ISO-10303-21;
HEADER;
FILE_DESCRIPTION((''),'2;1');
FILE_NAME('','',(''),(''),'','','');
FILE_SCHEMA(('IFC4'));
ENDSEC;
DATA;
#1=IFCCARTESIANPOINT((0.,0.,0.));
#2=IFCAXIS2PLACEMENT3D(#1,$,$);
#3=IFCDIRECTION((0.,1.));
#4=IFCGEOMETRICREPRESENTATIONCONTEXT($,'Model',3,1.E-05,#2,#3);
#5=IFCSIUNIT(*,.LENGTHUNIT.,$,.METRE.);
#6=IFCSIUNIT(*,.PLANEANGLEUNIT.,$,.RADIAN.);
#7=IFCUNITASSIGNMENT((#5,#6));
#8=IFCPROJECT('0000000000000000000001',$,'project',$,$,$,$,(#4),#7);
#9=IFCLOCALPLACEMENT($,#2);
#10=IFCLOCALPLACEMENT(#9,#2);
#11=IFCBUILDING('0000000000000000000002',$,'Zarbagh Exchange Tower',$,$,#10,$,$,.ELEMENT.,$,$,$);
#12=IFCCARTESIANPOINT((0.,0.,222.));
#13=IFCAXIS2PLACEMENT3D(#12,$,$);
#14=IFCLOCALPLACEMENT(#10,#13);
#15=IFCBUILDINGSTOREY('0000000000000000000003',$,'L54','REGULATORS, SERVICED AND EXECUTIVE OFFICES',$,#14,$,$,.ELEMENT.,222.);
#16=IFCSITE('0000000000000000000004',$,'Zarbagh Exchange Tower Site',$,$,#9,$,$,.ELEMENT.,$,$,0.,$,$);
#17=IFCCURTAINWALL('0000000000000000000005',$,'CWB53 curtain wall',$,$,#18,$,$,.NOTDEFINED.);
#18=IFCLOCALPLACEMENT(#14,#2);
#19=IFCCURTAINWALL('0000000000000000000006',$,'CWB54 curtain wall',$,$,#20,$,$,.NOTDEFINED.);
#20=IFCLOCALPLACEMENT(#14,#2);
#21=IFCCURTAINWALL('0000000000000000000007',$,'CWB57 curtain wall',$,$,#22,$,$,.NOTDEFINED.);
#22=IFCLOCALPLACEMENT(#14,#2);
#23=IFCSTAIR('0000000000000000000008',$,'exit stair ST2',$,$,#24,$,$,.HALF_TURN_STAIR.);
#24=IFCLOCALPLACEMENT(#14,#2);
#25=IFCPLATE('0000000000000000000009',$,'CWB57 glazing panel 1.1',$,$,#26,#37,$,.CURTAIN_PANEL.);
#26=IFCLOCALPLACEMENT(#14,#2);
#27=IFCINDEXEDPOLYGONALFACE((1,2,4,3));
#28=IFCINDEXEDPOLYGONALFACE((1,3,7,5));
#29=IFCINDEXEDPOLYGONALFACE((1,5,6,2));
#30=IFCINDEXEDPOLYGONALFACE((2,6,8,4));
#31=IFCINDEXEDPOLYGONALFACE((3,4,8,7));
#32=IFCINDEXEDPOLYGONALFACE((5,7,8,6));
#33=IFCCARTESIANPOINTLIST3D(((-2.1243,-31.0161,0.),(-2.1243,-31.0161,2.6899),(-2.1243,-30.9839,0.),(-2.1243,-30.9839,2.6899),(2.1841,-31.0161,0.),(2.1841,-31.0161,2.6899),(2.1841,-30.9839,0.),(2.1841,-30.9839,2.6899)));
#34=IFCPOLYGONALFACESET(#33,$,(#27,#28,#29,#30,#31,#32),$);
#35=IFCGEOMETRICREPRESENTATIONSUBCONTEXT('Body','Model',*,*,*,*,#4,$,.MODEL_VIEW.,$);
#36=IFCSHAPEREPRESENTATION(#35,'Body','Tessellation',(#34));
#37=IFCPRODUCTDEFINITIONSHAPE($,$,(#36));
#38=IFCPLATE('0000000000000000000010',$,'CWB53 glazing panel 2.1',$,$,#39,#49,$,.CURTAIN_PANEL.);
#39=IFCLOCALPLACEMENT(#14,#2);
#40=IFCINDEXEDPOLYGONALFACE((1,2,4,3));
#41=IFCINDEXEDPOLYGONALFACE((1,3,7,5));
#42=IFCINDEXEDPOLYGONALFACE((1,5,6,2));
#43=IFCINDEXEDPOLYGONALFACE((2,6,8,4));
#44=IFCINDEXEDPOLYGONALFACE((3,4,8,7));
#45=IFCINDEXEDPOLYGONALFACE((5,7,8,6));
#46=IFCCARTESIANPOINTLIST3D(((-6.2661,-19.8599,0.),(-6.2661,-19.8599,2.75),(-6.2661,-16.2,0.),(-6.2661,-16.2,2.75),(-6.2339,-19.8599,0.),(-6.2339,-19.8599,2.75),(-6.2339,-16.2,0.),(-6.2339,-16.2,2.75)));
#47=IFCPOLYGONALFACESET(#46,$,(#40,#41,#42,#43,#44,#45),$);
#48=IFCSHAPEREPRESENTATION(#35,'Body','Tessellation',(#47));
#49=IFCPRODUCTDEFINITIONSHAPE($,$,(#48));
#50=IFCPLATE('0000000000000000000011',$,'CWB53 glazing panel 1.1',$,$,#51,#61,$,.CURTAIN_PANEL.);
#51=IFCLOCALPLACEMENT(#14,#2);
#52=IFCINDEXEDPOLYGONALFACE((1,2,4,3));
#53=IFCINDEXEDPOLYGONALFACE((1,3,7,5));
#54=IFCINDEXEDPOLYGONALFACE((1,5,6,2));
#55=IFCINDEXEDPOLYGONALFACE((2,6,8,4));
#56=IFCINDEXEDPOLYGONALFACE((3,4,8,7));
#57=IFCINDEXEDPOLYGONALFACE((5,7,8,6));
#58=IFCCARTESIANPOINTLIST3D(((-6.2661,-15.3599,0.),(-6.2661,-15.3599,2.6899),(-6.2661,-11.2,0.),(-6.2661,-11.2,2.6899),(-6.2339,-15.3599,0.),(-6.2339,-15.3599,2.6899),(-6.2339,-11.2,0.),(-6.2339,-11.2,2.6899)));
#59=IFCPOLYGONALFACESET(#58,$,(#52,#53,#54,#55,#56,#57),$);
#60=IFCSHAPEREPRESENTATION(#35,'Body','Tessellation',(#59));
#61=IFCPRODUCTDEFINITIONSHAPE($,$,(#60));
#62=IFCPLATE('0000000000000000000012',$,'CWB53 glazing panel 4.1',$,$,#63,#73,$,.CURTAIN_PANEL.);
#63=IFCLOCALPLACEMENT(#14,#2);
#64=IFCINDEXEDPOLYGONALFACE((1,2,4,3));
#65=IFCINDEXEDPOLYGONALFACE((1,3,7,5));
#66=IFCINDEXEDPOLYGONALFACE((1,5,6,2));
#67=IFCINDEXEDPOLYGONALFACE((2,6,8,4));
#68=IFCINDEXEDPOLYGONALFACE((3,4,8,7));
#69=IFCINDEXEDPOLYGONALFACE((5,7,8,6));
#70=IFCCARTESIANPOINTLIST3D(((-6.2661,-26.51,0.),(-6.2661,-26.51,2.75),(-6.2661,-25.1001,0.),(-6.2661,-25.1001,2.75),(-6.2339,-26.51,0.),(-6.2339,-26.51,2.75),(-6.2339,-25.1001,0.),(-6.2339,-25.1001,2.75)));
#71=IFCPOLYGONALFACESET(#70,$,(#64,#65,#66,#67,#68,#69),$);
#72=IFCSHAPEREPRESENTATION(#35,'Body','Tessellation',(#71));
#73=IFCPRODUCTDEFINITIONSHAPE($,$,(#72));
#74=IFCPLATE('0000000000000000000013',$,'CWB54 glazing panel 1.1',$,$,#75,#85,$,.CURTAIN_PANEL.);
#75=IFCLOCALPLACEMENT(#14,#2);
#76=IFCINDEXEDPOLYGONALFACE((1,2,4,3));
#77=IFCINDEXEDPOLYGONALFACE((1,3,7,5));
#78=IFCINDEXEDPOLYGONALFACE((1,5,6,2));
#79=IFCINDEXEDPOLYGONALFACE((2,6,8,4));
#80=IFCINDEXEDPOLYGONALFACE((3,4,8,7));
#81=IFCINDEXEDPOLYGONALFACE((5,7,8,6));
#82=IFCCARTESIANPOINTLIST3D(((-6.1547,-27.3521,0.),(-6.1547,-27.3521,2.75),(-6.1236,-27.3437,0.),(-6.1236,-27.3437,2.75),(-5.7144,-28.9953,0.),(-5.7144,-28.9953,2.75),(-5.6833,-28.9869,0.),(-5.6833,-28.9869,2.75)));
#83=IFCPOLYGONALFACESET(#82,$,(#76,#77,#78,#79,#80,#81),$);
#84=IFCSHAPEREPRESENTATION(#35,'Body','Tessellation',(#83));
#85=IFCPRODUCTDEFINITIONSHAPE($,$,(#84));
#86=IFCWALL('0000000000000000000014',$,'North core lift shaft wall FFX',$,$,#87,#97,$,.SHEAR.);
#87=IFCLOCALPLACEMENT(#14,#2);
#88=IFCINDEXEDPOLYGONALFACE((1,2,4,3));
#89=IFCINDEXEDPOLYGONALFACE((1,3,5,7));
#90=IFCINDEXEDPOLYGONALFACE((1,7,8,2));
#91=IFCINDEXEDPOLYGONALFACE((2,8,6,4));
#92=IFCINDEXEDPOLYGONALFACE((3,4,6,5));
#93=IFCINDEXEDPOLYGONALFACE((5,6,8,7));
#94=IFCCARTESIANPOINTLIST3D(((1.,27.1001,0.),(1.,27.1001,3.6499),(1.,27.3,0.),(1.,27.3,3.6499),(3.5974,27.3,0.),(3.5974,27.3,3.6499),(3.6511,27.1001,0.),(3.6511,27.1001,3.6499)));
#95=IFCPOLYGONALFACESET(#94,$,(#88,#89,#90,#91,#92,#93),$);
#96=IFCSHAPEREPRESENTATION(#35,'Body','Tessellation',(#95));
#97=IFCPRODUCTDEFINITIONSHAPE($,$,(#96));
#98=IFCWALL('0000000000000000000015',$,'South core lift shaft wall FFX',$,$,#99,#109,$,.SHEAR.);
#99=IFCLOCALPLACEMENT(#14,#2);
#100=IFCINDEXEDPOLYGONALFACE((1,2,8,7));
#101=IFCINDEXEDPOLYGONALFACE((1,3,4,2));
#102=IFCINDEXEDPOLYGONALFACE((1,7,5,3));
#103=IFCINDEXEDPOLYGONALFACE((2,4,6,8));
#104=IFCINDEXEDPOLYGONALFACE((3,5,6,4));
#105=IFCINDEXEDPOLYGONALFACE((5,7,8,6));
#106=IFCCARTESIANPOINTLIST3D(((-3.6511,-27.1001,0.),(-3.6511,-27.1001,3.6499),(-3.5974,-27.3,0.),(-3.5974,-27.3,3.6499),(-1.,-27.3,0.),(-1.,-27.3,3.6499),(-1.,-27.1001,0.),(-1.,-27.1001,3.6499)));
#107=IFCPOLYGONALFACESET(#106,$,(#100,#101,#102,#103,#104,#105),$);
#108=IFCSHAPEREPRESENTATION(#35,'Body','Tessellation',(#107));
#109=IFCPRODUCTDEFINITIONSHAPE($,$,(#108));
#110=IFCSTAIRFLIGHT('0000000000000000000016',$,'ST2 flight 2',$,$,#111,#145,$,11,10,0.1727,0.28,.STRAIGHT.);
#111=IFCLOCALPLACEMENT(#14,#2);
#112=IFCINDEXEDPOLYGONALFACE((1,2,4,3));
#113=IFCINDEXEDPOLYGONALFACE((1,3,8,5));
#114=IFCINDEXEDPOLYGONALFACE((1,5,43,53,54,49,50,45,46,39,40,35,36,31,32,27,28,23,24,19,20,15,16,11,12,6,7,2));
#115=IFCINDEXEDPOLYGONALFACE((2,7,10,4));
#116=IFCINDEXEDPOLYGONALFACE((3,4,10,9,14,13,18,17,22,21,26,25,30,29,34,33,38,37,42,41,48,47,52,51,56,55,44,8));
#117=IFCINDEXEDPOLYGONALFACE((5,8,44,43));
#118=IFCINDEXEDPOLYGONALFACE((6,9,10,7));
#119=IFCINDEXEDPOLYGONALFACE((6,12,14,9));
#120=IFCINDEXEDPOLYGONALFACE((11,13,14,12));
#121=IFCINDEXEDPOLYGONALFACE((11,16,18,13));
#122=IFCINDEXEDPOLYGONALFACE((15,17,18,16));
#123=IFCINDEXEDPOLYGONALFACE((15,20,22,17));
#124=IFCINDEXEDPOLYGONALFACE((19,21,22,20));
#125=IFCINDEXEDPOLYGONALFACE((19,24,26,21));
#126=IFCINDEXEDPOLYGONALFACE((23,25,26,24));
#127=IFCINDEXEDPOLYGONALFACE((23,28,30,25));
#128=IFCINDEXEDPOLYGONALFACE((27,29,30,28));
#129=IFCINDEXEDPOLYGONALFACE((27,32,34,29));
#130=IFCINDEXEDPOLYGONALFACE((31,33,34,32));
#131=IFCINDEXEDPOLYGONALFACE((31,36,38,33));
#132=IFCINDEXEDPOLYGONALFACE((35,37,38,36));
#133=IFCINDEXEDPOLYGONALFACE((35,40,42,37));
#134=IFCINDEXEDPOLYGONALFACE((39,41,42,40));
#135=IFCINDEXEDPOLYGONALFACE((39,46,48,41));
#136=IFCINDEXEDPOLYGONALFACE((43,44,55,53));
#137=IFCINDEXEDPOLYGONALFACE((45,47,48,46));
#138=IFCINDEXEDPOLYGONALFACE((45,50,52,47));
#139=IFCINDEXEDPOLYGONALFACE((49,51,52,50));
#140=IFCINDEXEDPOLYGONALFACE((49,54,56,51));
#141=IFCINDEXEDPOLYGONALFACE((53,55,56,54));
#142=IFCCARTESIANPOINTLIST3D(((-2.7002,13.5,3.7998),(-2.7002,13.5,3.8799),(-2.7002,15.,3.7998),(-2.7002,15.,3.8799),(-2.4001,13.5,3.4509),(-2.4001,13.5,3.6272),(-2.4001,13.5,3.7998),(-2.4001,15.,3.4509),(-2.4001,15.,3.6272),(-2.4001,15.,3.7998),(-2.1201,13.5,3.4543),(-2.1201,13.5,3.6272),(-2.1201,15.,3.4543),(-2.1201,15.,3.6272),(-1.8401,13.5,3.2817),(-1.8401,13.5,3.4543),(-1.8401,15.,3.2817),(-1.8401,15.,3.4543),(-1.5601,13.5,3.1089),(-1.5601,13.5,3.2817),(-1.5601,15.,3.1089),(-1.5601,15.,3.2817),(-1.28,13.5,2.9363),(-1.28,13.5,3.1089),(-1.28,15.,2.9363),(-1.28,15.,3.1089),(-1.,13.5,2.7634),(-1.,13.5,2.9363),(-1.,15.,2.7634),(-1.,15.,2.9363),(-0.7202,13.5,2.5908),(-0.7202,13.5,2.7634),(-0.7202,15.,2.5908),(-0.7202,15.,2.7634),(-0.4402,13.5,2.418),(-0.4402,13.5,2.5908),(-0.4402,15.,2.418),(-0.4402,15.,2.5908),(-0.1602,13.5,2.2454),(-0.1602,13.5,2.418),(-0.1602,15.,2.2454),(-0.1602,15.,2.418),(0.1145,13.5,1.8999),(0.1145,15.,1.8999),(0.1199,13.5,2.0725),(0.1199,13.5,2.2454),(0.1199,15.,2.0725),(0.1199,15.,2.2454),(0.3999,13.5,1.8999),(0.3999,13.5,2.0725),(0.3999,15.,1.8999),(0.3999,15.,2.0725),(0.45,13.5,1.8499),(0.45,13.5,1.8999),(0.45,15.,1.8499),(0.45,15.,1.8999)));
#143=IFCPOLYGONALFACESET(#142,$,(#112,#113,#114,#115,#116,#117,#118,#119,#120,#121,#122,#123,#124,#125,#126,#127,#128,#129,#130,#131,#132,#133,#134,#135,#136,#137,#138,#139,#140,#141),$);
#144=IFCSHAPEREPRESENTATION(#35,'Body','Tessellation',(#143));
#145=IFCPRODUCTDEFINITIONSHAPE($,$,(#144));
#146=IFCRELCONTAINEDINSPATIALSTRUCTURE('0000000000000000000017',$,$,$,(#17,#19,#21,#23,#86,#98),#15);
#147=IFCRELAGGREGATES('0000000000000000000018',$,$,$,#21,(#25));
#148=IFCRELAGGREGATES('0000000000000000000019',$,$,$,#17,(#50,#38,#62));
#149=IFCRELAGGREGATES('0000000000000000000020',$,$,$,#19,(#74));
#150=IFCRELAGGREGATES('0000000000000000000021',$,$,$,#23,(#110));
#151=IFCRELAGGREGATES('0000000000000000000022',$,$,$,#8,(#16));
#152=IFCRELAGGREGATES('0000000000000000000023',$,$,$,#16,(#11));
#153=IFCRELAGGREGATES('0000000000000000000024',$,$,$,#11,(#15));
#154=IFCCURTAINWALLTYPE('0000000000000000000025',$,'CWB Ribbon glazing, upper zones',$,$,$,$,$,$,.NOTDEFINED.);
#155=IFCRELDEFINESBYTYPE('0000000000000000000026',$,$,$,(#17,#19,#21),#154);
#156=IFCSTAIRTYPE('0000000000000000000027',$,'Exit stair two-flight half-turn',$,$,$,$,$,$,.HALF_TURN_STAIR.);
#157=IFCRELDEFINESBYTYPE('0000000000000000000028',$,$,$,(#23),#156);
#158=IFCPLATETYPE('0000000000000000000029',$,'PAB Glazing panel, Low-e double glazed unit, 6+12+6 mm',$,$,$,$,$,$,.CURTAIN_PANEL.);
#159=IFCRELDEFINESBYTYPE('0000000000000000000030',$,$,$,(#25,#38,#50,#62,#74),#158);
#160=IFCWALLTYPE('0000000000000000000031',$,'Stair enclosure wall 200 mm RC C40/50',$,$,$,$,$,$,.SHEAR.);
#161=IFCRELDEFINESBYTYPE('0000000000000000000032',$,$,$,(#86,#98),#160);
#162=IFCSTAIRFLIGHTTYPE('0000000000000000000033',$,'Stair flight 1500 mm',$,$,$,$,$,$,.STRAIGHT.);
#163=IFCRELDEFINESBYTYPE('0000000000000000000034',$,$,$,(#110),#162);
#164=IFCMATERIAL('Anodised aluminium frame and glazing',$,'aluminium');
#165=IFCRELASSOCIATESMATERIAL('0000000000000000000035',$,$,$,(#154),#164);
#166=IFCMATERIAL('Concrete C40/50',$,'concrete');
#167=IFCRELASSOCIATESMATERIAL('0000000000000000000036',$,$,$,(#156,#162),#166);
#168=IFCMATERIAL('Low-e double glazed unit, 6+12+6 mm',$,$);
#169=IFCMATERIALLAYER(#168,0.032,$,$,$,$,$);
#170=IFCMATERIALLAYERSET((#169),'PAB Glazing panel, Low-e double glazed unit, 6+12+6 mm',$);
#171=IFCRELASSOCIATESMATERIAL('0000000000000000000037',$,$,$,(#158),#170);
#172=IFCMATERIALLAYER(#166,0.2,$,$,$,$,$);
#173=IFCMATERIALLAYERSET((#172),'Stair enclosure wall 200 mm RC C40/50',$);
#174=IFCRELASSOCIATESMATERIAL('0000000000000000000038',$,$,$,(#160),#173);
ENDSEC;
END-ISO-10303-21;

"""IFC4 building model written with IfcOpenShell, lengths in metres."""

from ifc_helpers import new_model, si_unit, direction, frame, origin, place, context, subcontext, project, spatial, polyline, outline, extrude, source, transform, mapped, material, layer, layer_set, type_object, element, aggregate, save


model = new_model("IFC4")

# Units and contexts
model_context = context("Model", 3, precision=1e-05, world=origin(), true_north=direction((0.0, 1.0)))
body_context = subcontext(model_context, "Body", "Model", "MODEL_VIEW")
ifc_project = project(units=[si_unit("LENGTHUNIT", "METRE"), si_unit("PLANEANGLEUNIT", "RADIAN")], contexts=[model_context])

# Site, building, storey
site_placement = place(None, origin())
site = spatial("IfcSite", under=ifc_project, at=site_placement, Name="Zarbagh Exchange Tower Site", CompositionType="ELEMENT", RefElevation=0.0)
building_placement = place(site_placement, origin())
building = spatial("IfcBuilding", under=site, at=building_placement, Name="Zarbagh Exchange Tower", CompositionType="ELEMENT")
storey_placement = place(building_placement, frame((0.0, 0.0, 222.0)))
storey = spatial("IfcBuildingStorey", under=building, at=storey_placement, Name="L54", Description="REGULATORS, SERVICED AND EXECUTIVE OFFICES", CompositionType="ELEMENT", Elevation=222.0)

# Curtain wall
ifc_material_1 = material(Name="Anodised aluminium frame and glazing", Category="aluminium")
curtain_wall_type = type_object("IfcCurtainWallType", Name="CWB Ribbon glazing, upper zones", PredefinedType="NOTDEFINED", material=ifc_material_1)
curtain_wall_1_placement = place(storey_placement, origin())
curtain_wall_1 = element("IfcCurtainWall", 1, at=curtain_wall_1_placement, inside=storey, type_object=curtain_wall_type, Name="CWB53 curtain wall", PredefinedType="NOTDEFINED")
placement = place(storey_placement, origin())

# Curtain wall
curtain_wall_2_placement = place(storey_placement, origin())
curtain_wall_2 = element("IfcCurtainWall", 2, at=curtain_wall_2_placement, inside=storey, type_object=curtain_wall_type, Name="CWB54 curtain wall", PredefinedType="NOTDEFINED")

# Curtain wall
curtain_wall_3_placement = place(storey_placement, origin())
curtain_wall_3 = element("IfcCurtainWall", 3, at=curtain_wall_3_placement, inside=storey, type_object=curtain_wall_type, Name="CWB57 curtain wall", PredefinedType="NOTDEFINED")

# Stair
ifc_material_2 = material(Name="Concrete C40/50", Category="concrete")
stair_type = type_object("IfcStairType", Name="Exit stair two-flight half-turn", PredefinedType="HALF_TURN_STAIR", material=ifc_material_2)
stair_1_placement = place(storey_placement, origin())
stair_1 = element("IfcStair", 4, at=stair_1_placement, inside=storey, type_object=stair_type, Name="exit stair ST2", PredefinedType="HALF_TURN_STAIR")

# Shared definitions
ifc_material_3 = material(Name="Low-e double glazed unit, 6+12+6 mm")
ifc_layer_1 = layer(ifc_material_3, 0.032)
ifc_layer_set_1 = layer_set([ifc_layer_1], Name="PAB Glazing panel, Low-e double glazed unit, 6+12+6 mm")
plate_type = type_object("IfcPlateType", Name="PAB Glazing panel, Low-e double glazed unit, 6+12+6 mm", PredefinedType="CURTAIN_PANEL", material=ifc_layer_set_1)

# Plates
shared_shape_1 = source(origin(), body_context, "Body", "SweptSolid", [
    extrude(outline(polyline([(0.0, -0.0161), (4.3083, -0.0161), (4.3083, 0.0161), (0.0, 0.0161), (0.0, -0.0161)])), origin(), (0.0, 0.0, 1.0), 2.6899),
])
plate_1 = element("IfcPlate", 5, at=placement, type_object=plate_type, Name="CWB57 glazing panel 1.1", PredefinedType="CURTAIN_PANEL", context=body_context, shape_type="MappedRepresentation", body=[
    mapped(shared_shape_1, transform((-2.1243, -31.0, 0.0), x_axis=(1.0, 0.0, 0.0), y_axis=(0.0, 1.0, 0.0), z_axis=(0.0, 0.0, 1.0))),
])
aggregate(curtain_wall_3, [plate_1])
shared_shape_2 = source(origin(), body_context, "Body", "SweptSolid", [
    extrude(outline(polyline([(0.0, -0.0161), (3.6599, -0.0161), (3.6599, 0.0161), (0.0, 0.0161), (0.0, -0.0161)])), origin(), (0.0, 0.0, 1.0), 2.75),
])
plate_2 = element("IfcPlate", 6, at=placement, type_object=plate_type, Name="CWB53 glazing panel 2.1", PredefinedType="CURTAIN_PANEL", context=body_context, shape_type="MappedRepresentation", body=[
    mapped(shared_shape_2, transform((-6.25, -16.2, 0.0), x_axis=(0.0, -1.0, 0.0), y_axis=(1.0, 0.0, 0.0), z_axis=(0.0, 0.0, 1.0))),
])
shared_shape_3 = source(origin(), body_context, "Body", "SweptSolid", [
    extrude(outline(polyline([(0.0, -0.0161), (4.1599, -0.0161), (4.1599, 0.0161), (0.0, 0.0161), (0.0, -0.0161)])), origin(), (0.0, 0.0, 1.0), 2.6899),
])
plate_3 = element("IfcPlate", 7, at=placement, type_object=plate_type, Name="CWB53 glazing panel 1.1", PredefinedType="CURTAIN_PANEL", context=body_context, shape_type="MappedRepresentation", body=[
    mapped(shared_shape_3, transform((-6.25, -11.2, 0.0), x_axis=(0.0, -1.0, 0.0), y_axis=(1.0, 0.0, 0.0), z_axis=(0.0, 0.0, 1.0))),
])
shared_shape_4 = source(origin(), body_context, "Body", "SweptSolid", [
    extrude(outline(polyline([(0.0, -0.0161), (1.4099, -0.0161), (1.4099, 0.0161), (0.0, 0.0161), (0.0, -0.0161)])), origin(), (0.0, 0.0, 1.0), 2.75),
])
plate_4 = element("IfcPlate", 8, at=placement, type_object=plate_type, Name="CWB53 glazing panel 4.1", PredefinedType="CURTAIN_PANEL", context=body_context, shape_type="MappedRepresentation", body=[
    mapped(shared_shape_4, transform((-6.25, -25.1001, 0.0), x_axis=(0.0, -1.0, 0.0), y_axis=(1.0, 0.0, 0.0), z_axis=(0.0, 0.0, 1.0))),
])
aggregate(curtain_wall_1, [plate_3, plate_2, plate_4])
shared_shape_5 = source(origin(), body_context, "Body", "SweptSolid", [
    extrude(outline(polyline([(0.0, -0.0161), (1.7012, -0.0161), (1.7012, 0.0161), (0.0, 0.0161), (0.0, -0.0161)])), origin(), (0.0, 0.0, 1.0), 2.75),
])
plate_5 = element("IfcPlate", 9, at=placement, type_object=plate_type, Name="CWB54 glazing panel 1.1", PredefinedType="CURTAIN_PANEL", context=body_context, shape_type="MappedRepresentation", body=[
    mapped(shared_shape_5, transform((-6.1392, -27.3479, 0.0), x_axis=(0.258825, -0.965924, 0.0), y_axis=(0.965924, 0.258825, 0.0), z_axis=(0.0, 0.0, 1.0))),
])
aggregate(curtain_wall_2, [plate_5])

# Walls
ifc_layer_2 = layer(ifc_material_2, 0.2)
ifc_layer_set_2 = layer_set([ifc_layer_2], Name="Stair enclosure wall 200 mm RC C40/50")
wall_type = type_object("IfcWallType", Name="Stair enclosure wall 200 mm RC C40/50", PredefinedType="SHEAR", material=ifc_layer_set_2)
wall_1_placement = place(storey_placement, origin())
element("IfcWall", 10, at=wall_1_placement, inside=storey, type_object=wall_type, Name="North core lift shaft wall FFX", PredefinedType="SHEAR", context=body_context, shape_type="SweptSolid", body=[
    extrude(outline(polyline([(1.0, 27.1001), (3.6511, 27.1001), (3.5974, 27.3), (1.0, 27.3), (1.0, 27.1001)])), origin(), (0.0, 0.0, 1.0), 3.6499),
])
wall_2_placement = place(storey_placement, origin())
element("IfcWall", 11, at=wall_2_placement, inside=storey, type_object=wall_type, Name="South core lift shaft wall FFX", PredefinedType="SHEAR", context=body_context, shape_type="SweptSolid", body=[
    extrude(outline(polyline([(-1.0, -27.1001), (-3.6511, -27.1001), (-3.5974, -27.3), (-1.0, -27.3), (-1.0, -27.1001)])), origin(), (0.0, 0.0, 1.0), 3.6499),
])

# Stair flight
stair_flight_type = type_object("IfcStairFlightType", Name="Stair flight 1500 mm", PredefinedType="STRAIGHT", material=ifc_material_2)
stair_flight_placement = place(storey_placement, frame((0.3999, 14.25, 1.8999), z_axis=(0.0, 0.0, 1.0), x_axis=(-1.0, 0.0, 0.0)))
stair_flight = element("IfcStairFlight", 12, at=stair_flight_placement, type_object=stair_flight_type, Name="ST2 flight 2", NumberOfRisers=11, NumberOfTreads=10, PredefinedType="STRAIGHT", RiserHeight=0.1727, TreadLength=0.28, context=body_context, shape_type="SweptSolid", body=[
    extrude(outline(polyline([(-0.05, -0.05), (-0.05, 0.0), (0.0, 0.0), (0.0, 0.1726), (0.28, 0.1726), (0.28, 0.3455), (0.5601, 0.3455), (0.5601, 0.5181), (0.8401, 0.5181), (0.8401, 0.6909), (1.1201, 0.6909), (1.1201, 0.8635), (1.3999, 0.8635), (1.3999, 1.0364), (1.6799, 1.0364), (1.6799, 1.209), (1.96, 1.209), (1.96, 1.3818), (2.24, 1.3818), (2.24, 1.5544), (2.52, 1.5544), (2.52, 1.7273), (2.8, 1.7273), (2.8, 1.8999), (3.1001, 1.98), (3.1001, 1.8999), (2.8, 1.551), (0.2854, 0.0), (-0.05, -0.05)])), frame((0.0, 0.75, 0.0), z_axis=(0.0, -1.0, 0.0), x_axis=(1.0, 0.0, 0.0)), (0.0, 0.0, 1.0), 1.5),
])
aggregate(stair_1, [stair_flight])

save(model, "model.ifc")
